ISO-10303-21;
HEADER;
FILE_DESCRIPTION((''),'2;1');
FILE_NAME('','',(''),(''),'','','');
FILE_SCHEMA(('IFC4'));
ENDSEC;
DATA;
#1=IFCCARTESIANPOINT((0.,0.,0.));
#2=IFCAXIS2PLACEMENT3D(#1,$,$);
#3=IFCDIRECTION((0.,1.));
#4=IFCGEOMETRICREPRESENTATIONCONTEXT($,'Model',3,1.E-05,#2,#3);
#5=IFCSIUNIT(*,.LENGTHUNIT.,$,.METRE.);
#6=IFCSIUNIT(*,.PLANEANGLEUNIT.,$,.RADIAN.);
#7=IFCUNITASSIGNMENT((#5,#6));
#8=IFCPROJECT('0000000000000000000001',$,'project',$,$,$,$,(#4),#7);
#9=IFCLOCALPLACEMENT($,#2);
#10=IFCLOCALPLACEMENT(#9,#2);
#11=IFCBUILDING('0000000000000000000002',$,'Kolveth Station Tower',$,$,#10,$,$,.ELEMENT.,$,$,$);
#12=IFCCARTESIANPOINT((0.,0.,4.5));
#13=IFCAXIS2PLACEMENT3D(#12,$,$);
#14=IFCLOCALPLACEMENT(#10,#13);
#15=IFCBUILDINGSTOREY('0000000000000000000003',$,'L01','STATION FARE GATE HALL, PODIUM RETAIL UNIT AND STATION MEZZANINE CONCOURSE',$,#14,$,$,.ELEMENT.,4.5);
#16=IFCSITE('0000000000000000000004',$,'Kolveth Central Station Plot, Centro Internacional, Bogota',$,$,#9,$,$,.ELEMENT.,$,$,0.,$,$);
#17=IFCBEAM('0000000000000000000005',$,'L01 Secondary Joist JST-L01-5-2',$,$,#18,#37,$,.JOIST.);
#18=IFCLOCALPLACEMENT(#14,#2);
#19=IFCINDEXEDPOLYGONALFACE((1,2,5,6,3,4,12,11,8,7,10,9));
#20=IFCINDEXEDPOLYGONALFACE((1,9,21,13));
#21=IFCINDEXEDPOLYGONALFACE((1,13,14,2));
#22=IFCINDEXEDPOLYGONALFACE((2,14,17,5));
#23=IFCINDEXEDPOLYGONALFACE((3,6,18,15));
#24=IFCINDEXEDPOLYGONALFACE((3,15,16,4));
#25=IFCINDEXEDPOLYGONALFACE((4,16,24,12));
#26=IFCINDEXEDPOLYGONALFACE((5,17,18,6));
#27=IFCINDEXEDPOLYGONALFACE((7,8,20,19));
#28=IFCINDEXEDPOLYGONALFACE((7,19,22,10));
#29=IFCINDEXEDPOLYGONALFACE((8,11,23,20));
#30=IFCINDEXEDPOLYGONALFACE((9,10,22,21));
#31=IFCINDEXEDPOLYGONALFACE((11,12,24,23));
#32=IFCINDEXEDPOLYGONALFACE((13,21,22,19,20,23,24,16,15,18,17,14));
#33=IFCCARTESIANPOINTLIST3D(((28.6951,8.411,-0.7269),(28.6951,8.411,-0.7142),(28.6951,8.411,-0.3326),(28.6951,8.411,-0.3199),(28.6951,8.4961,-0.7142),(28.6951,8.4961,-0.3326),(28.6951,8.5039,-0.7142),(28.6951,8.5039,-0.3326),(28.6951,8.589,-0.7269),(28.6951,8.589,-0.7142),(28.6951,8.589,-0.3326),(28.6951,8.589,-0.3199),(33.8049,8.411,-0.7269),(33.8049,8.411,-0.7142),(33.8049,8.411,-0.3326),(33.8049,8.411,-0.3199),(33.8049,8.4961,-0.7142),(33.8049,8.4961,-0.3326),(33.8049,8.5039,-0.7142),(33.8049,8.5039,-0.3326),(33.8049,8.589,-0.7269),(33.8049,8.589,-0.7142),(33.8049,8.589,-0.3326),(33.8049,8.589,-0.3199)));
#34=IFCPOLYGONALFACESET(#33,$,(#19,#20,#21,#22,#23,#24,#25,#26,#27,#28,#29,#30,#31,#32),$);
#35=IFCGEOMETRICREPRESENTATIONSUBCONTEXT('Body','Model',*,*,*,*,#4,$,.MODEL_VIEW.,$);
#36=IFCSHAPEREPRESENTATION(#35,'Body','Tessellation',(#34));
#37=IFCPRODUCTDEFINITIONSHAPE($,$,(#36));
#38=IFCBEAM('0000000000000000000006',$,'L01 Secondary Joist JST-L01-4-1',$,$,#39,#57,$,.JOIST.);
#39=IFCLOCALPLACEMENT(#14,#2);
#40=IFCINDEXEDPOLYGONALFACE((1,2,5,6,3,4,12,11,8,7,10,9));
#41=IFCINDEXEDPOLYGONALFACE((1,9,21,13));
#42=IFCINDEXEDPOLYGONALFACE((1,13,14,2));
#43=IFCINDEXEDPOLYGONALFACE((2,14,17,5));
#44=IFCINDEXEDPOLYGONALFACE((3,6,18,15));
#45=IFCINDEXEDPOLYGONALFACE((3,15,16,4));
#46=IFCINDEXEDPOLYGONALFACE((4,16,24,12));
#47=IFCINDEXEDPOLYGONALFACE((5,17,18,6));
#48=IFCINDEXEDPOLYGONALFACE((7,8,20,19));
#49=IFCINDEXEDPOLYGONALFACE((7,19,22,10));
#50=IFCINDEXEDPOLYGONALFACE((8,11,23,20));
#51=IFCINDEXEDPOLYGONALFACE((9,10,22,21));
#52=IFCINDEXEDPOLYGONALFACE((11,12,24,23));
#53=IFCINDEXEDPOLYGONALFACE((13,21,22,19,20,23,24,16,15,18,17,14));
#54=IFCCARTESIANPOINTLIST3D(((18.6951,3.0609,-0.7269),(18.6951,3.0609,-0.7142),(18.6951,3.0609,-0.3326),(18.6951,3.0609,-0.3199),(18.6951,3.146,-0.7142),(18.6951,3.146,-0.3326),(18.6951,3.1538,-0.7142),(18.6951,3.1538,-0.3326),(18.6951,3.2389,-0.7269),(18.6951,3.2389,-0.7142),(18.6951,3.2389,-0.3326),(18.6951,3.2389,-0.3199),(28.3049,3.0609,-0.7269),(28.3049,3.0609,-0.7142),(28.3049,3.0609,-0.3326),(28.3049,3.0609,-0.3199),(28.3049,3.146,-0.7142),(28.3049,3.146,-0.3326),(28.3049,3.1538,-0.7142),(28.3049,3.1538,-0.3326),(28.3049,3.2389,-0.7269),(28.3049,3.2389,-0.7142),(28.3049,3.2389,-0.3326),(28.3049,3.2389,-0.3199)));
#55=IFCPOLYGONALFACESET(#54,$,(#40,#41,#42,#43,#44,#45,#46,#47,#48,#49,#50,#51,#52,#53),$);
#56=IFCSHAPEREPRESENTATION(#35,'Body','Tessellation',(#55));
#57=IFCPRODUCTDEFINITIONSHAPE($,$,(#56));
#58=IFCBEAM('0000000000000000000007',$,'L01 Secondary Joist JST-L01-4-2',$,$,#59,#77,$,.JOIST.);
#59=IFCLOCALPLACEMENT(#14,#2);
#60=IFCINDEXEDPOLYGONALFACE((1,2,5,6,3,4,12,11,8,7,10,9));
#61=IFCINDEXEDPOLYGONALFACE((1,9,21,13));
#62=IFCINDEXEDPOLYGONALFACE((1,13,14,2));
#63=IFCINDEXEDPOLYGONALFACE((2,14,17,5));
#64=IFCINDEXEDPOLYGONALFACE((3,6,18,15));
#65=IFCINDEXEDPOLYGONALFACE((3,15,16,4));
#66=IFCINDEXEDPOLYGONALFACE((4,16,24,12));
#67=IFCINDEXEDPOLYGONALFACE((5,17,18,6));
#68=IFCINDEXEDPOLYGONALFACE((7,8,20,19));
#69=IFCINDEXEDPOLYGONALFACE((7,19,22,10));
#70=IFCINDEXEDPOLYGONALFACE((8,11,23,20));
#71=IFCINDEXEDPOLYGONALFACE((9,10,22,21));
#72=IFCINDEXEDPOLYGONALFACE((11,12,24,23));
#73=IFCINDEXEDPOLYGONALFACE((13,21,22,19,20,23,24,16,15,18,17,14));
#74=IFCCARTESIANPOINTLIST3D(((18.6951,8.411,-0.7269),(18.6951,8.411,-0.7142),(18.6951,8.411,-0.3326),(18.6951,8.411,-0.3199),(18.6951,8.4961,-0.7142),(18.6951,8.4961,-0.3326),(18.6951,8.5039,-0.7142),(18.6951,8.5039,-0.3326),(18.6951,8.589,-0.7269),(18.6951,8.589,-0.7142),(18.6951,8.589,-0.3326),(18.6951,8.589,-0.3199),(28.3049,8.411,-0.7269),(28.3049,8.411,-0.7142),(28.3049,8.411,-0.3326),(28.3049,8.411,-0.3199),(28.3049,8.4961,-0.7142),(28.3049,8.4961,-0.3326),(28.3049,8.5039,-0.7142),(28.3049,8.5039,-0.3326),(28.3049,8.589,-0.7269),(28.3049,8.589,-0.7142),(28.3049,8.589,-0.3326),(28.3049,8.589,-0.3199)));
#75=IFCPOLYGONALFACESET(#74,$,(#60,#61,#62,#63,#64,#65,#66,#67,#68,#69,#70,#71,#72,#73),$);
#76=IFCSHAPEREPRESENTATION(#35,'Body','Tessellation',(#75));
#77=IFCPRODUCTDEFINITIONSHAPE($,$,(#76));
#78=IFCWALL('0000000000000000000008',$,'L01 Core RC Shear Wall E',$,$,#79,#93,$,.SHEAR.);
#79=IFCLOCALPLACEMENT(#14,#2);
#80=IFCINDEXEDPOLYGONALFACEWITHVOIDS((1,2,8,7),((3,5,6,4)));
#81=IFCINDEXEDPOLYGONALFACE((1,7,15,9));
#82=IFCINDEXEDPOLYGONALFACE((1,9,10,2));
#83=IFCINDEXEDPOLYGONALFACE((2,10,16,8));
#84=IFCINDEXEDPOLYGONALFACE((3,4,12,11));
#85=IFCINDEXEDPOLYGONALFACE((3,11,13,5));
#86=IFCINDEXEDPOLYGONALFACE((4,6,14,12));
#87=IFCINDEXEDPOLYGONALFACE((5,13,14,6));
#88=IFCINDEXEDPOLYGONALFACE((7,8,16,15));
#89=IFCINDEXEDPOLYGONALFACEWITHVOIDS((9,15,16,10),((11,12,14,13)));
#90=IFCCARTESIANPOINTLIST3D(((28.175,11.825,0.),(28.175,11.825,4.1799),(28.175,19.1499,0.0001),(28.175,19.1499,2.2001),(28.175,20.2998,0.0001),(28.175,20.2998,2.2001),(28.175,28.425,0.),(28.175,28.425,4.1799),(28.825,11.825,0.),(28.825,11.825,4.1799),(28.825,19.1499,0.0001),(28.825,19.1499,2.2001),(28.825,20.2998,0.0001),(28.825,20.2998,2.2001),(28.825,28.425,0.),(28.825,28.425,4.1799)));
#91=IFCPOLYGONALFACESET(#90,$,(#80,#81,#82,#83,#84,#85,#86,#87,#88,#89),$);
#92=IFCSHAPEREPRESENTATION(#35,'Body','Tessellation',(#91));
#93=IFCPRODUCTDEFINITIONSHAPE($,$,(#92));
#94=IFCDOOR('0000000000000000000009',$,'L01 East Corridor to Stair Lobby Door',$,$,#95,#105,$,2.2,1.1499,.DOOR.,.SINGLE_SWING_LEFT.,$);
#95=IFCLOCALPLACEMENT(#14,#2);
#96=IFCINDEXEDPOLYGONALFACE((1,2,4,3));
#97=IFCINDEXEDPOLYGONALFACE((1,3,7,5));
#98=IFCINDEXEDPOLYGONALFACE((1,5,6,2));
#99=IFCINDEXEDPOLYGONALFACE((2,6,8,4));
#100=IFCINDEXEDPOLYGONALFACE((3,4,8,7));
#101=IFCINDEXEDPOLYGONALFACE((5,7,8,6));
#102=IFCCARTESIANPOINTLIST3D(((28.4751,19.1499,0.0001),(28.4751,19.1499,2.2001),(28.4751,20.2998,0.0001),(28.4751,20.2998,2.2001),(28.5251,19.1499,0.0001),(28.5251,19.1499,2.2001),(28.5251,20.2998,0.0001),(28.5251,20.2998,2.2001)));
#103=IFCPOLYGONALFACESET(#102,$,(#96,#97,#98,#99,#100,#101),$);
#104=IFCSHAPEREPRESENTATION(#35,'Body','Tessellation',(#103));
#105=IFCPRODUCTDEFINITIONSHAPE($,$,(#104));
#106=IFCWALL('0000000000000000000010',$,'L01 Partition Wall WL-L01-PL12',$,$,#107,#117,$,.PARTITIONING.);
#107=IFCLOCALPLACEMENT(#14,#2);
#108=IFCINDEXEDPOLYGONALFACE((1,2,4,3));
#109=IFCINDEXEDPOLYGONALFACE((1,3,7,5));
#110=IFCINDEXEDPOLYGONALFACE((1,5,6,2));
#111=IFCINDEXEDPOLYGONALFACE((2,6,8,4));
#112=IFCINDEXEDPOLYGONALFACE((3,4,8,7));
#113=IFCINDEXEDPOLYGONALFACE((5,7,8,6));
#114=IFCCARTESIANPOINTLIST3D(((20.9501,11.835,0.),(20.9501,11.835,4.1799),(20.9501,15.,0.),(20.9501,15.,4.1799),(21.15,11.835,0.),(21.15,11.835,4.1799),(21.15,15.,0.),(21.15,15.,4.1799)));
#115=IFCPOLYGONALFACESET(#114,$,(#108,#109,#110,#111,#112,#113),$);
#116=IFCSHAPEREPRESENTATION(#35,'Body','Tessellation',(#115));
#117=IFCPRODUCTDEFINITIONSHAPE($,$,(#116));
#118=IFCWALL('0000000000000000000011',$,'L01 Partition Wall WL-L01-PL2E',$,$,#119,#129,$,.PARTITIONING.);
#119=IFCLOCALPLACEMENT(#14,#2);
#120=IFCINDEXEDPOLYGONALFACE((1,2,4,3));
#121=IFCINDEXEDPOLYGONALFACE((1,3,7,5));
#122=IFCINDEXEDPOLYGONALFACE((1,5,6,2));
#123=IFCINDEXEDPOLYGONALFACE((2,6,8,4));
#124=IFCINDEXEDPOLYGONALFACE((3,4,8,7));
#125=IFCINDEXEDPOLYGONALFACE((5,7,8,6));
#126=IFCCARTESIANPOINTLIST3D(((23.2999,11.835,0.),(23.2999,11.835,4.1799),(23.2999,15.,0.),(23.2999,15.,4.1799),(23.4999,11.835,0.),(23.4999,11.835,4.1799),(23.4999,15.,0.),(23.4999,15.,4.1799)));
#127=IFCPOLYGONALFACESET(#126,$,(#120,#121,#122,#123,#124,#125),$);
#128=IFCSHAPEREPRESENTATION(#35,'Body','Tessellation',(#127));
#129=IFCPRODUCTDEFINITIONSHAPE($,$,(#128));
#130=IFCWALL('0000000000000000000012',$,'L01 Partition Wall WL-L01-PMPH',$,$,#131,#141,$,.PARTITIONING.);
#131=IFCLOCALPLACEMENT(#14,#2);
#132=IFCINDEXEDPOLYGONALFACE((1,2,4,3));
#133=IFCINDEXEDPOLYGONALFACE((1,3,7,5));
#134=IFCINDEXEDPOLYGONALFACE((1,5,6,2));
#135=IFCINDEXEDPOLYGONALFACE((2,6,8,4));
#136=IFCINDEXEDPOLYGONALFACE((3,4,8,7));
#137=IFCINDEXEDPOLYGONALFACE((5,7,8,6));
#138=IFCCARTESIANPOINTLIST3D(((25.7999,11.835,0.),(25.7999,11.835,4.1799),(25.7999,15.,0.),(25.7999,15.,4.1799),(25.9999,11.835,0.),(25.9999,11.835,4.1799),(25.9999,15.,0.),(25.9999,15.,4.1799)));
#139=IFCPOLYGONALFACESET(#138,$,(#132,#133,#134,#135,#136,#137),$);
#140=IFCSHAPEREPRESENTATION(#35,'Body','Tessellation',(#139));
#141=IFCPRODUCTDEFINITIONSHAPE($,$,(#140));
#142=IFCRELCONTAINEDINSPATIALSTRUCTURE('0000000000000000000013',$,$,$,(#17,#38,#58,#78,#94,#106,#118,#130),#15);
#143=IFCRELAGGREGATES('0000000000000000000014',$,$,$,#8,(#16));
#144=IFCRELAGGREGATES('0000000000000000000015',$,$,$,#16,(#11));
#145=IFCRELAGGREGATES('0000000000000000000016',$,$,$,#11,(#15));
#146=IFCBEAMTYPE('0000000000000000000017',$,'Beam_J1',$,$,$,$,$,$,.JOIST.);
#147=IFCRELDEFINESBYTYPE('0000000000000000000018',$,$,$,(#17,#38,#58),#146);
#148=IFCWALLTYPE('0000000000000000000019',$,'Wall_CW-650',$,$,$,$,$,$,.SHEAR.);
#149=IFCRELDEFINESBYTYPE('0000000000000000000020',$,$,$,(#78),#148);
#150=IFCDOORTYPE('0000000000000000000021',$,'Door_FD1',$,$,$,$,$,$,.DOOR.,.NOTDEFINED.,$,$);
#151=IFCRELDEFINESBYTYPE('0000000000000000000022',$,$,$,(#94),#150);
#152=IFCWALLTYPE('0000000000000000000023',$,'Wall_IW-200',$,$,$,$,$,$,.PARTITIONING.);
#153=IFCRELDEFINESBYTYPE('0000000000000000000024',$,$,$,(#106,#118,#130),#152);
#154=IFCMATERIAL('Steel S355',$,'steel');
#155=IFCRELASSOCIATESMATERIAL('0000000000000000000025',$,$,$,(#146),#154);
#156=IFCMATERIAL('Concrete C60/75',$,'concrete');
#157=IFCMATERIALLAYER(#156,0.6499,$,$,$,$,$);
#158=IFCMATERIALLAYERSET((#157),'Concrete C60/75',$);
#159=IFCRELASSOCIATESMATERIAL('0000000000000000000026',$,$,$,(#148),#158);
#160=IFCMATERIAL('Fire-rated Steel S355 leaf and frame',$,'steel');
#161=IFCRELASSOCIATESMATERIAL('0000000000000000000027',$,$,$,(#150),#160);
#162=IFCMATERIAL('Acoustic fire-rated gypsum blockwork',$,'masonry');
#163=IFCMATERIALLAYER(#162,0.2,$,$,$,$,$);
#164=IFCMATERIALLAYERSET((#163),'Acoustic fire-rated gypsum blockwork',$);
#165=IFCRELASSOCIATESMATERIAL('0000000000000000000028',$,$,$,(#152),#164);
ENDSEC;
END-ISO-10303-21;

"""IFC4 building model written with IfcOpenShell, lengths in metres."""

from ifc_helpers import new_model, si_unit, direction, frame, frame_2d, origin, origin_2d, place, context, subcontext, project, spatial, rectangle, i_section, extrude, source, transform, mapped, material, layer, layer_set, material_profile, profile_set, type_object, element, fill, save


model = new_model("IFC4")

# Units and contexts
model_context = context("Model", 3, precision=1e-05, world=origin(), true_north=direction((0.0, 1.0)))
body_context = subcontext(model_context, "Body", "Model", "MODEL_VIEW")
ifc_project = project(units=[si_unit("LENGTHUNIT", "METRE"), si_unit("PLANEANGLEUNIT", "RADIAN")], contexts=[model_context])

# Site, building, storey
site_placement = place(None, origin())
site = spatial("IfcSite", under=ifc_project, at=site_placement, Name="Kolveth Central Station Plot, Centro Internacional, Bogota", CompositionType="ELEMENT", RefElevation=0.0)
building_placement = place(site_placement, origin())
building = spatial("IfcBuilding", under=site, at=building_placement, Name="Kolveth Station Tower", CompositionType="ELEMENT")
storey_placement = place(building_placement, frame((0.0, 0.0, 4.5)))
storey = spatial("IfcBuildingStorey", under=building, at=storey_placement, Name="L01", Description="STATION FARE GATE HALL, PODIUM RETAIL UNIT AND STATION MEZZANINE CONCOURSE", CompositionType="ELEMENT", Elevation=4.5)

# Beams
ifc_material_1 = material(Name="Steel S355", Category="steel")
ifc_material_2 = material(Name="Concrete C60/75", Category="concrete")
ifc_material_profile_1 = material_profile(ifc_material_1, i_section(OverallWidth=0.178, OverallDepth=0.407, WebThickness=0.0078, FlangeThickness=0.0127, at=origin_2d()), Name="W410x60")
ifc_profile_set_1 = profile_set([ifc_material_profile_1], Name="Steel S355")
beam_type_1 = type_object("IfcBeamType", Name="Beam_J1", PredefinedType="JOIST", material=ifc_profile_set_1)
shared_shape_1 = source(origin(), body_context, "Body", "SweptSolid", [
    extrude(i_section(OverallWidth=0.178, OverallDepth=0.407, WebThickness=0.0078, FlangeThickness=0.0127, at=origin_2d()), origin(), (0.0, 0.0, 1.0), 5.1099),
])
for number, where, z_axis, x_axis, name in (
    (1, (28.6951, 8.5, -0.5234), (1.0, 0.0, 0.0), (0.0, 1.0, 0.0), "L01 Secondary Joist JST-L01-5-2"),
):
    element("IfcBeam", number, at=place(storey_placement, frame(where, z_axis=z_axis, x_axis=x_axis)), inside=storey, type_object=beam_type_1, Name=name, PredefinedType="JOIST", context=body_context, shape_type="MappedRepresentation", body=[
        mapped(shared_shape_1, transform((0.0, 0.0, 0.0), x_axis=(1.0, 0.0, 0.0), y_axis=(0.0, 1.0, 0.0), z_axis=(0.0, 0.0, 1.0), scale=1.0)),
    ])
shared_shape_2 = source(origin(), body_context, "Body", "SweptSolid", [
    extrude(i_section(OverallWidth=0.178, OverallDepth=0.407, WebThickness=0.0078, FlangeThickness=0.0127, at=origin_2d()), origin(), (0.0, 0.0, 1.0), 9.6099),
])
for number, where, z_axis, x_axis, name in (
    (2, (18.6951, 3.1499, -0.5234), (1.0, 0.0, 0.0), (0.0, 1.0, 0.0), "L01 Secondary Joist JST-L01-4-1"),
    (3, (18.6951, 8.5, -0.5234), (1.0, 0.0, 0.0), (0.0, 1.0, 0.0), "L01 Secondary Joist JST-L01-4-2"),
):
    element("IfcBeam", number, at=place(storey_placement, frame(where, z_axis=z_axis, x_axis=x_axis)), inside=storey, type_object=beam_type_1, Name=name, PredefinedType="JOIST", context=body_context, shape_type="MappedRepresentation", body=[
        mapped(shared_shape_2, transform((0.0, 0.0, 0.0), x_axis=(1.0, 0.0, 0.0), y_axis=(0.0, 1.0, 0.0), z_axis=(0.0, 0.0, 1.0), scale=1.0)),
    ])

# Wall, opening, door
ifc_layer_1 = layer(ifc_material_2, 0.6499)
ifc_layer_set_1 = layer_set([ifc_layer_1], Name="Concrete C60/75")
wall_type_1 = type_object("IfcWallType", Name="Wall_CW-650", PredefinedType="SHEAR", material=ifc_layer_set_1)
wall_placement = place(storey_placement, frame((28.5, 11.825, 0.0), z_axis=(0.0, 0.0, 1.0), x_axis=(0.0, 1.0, 0.0)))
wall = element("IfcWall", 4, at=wall_placement, inside=storey, type_object=wall_type_1, Name="L01 Core RC Shear Wall E", PredefinedType="SHEAR", context=body_context, shape_type="SweptSolid", body=[
    extrude(rectangle(XDim=16.6001, YDim=0.6499, at=frame_2d((8.3, 0.0))), origin(), (0.0, 0.0, 1.0), 4.1799),
])
opening_placement = place(wall_placement, frame((7.325, 0.0, 0.0)))
opening = element("IfcOpeningElement", 5, at=opening_placement, cuts=wall, PredefinedType="OPENING", context=body_context, shape_type="SweptSolid", body=[
    extrude(rectangle(XDim=1.1499, YDim=2.2, at=frame_2d((0.575, 1.1001))), frame((0.0, 0.335, 0.0), z_axis=(0.0, -1.0, 0.0), x_axis=(1.0, 0.0, 0.0)), (0.0, 0.0, 1.0), 0.6699),
])
ifc_material_3 = material(Name="Fire-rated Steel S355 leaf and frame", Category="steel")
door_type = type_object("IfcDoorType", Name="Door_FD1", OperationType="NOTDEFINED", PredefinedType="DOOR", material=ifc_material_3)
door_placement = place(opening_placement, origin())
door = element("IfcDoor", 6, at=door_placement, inside=storey, type_object=door_type, Name="L01 East Corridor to Stair Lobby Door", OperationType="SINGLE_SWING_LEFT", OverallHeight=2.2, OverallWidth=1.1499, PredefinedType="DOOR", context=body_context, shape_type="SweptSolid", body=[
    extrude(rectangle(XDim=1.1499, YDim=2.2, at=frame_2d((0.575, 1.1001))), frame((0.0, 0.0249, 0.0), z_axis=(0.0, -1.0, 0.0), x_axis=(1.0, 0.0, 0.0)), (0.0, 0.0, 1.0), 0.05),
])
fill(opening, door)

# Walls
ifc_material_4 = material(Name="Acoustic fire-rated gypsum blockwork", Category="masonry")
ifc_layer_2 = layer(ifc_material_4, 0.2)
ifc_layer_set_2 = layer_set([ifc_layer_2], Name="Acoustic fire-rated gypsum blockwork")
wall_type_2 = type_object("IfcWallType", Name="Wall_IW-200", PredefinedType="PARTITIONING", material=ifc_layer_set_2)
for number, where, z_axis, x_axis, name in (
    (7, (21.05, 11.835, 0.0), (0.0, 0.0, 1.0), (0.0, 1.0, 0.0), "L01 Partition Wall WL-L01-PL12"),
    (8, (23.3999, 11.835, 0.0), (0.0, 0.0, 1.0), (0.0, 1.0, 0.0), "L01 Partition Wall WL-L01-PL2E"),
    (9, (25.8999, 11.835, 0.0), (0.0, 0.0, 1.0), (0.0, 1.0, 0.0), "L01 Partition Wall WL-L01-PMPH"),
):
    element("IfcWall", number, at=place(storey_placement, frame(where, z_axis=z_axis, x_axis=x_axis)), inside=storey, type_object=wall_type_2, Name=name, PredefinedType="PARTITIONING", context=body_context, shape_type="SweptSolid", body=[
        extrude(rectangle(XDim=3.165, YDim=0.2, at=frame_2d((1.5825, 0.0))), origin(), (0.0, 0.0, 1.0), 4.1799),
    ])

save(model, "model.ifc")
